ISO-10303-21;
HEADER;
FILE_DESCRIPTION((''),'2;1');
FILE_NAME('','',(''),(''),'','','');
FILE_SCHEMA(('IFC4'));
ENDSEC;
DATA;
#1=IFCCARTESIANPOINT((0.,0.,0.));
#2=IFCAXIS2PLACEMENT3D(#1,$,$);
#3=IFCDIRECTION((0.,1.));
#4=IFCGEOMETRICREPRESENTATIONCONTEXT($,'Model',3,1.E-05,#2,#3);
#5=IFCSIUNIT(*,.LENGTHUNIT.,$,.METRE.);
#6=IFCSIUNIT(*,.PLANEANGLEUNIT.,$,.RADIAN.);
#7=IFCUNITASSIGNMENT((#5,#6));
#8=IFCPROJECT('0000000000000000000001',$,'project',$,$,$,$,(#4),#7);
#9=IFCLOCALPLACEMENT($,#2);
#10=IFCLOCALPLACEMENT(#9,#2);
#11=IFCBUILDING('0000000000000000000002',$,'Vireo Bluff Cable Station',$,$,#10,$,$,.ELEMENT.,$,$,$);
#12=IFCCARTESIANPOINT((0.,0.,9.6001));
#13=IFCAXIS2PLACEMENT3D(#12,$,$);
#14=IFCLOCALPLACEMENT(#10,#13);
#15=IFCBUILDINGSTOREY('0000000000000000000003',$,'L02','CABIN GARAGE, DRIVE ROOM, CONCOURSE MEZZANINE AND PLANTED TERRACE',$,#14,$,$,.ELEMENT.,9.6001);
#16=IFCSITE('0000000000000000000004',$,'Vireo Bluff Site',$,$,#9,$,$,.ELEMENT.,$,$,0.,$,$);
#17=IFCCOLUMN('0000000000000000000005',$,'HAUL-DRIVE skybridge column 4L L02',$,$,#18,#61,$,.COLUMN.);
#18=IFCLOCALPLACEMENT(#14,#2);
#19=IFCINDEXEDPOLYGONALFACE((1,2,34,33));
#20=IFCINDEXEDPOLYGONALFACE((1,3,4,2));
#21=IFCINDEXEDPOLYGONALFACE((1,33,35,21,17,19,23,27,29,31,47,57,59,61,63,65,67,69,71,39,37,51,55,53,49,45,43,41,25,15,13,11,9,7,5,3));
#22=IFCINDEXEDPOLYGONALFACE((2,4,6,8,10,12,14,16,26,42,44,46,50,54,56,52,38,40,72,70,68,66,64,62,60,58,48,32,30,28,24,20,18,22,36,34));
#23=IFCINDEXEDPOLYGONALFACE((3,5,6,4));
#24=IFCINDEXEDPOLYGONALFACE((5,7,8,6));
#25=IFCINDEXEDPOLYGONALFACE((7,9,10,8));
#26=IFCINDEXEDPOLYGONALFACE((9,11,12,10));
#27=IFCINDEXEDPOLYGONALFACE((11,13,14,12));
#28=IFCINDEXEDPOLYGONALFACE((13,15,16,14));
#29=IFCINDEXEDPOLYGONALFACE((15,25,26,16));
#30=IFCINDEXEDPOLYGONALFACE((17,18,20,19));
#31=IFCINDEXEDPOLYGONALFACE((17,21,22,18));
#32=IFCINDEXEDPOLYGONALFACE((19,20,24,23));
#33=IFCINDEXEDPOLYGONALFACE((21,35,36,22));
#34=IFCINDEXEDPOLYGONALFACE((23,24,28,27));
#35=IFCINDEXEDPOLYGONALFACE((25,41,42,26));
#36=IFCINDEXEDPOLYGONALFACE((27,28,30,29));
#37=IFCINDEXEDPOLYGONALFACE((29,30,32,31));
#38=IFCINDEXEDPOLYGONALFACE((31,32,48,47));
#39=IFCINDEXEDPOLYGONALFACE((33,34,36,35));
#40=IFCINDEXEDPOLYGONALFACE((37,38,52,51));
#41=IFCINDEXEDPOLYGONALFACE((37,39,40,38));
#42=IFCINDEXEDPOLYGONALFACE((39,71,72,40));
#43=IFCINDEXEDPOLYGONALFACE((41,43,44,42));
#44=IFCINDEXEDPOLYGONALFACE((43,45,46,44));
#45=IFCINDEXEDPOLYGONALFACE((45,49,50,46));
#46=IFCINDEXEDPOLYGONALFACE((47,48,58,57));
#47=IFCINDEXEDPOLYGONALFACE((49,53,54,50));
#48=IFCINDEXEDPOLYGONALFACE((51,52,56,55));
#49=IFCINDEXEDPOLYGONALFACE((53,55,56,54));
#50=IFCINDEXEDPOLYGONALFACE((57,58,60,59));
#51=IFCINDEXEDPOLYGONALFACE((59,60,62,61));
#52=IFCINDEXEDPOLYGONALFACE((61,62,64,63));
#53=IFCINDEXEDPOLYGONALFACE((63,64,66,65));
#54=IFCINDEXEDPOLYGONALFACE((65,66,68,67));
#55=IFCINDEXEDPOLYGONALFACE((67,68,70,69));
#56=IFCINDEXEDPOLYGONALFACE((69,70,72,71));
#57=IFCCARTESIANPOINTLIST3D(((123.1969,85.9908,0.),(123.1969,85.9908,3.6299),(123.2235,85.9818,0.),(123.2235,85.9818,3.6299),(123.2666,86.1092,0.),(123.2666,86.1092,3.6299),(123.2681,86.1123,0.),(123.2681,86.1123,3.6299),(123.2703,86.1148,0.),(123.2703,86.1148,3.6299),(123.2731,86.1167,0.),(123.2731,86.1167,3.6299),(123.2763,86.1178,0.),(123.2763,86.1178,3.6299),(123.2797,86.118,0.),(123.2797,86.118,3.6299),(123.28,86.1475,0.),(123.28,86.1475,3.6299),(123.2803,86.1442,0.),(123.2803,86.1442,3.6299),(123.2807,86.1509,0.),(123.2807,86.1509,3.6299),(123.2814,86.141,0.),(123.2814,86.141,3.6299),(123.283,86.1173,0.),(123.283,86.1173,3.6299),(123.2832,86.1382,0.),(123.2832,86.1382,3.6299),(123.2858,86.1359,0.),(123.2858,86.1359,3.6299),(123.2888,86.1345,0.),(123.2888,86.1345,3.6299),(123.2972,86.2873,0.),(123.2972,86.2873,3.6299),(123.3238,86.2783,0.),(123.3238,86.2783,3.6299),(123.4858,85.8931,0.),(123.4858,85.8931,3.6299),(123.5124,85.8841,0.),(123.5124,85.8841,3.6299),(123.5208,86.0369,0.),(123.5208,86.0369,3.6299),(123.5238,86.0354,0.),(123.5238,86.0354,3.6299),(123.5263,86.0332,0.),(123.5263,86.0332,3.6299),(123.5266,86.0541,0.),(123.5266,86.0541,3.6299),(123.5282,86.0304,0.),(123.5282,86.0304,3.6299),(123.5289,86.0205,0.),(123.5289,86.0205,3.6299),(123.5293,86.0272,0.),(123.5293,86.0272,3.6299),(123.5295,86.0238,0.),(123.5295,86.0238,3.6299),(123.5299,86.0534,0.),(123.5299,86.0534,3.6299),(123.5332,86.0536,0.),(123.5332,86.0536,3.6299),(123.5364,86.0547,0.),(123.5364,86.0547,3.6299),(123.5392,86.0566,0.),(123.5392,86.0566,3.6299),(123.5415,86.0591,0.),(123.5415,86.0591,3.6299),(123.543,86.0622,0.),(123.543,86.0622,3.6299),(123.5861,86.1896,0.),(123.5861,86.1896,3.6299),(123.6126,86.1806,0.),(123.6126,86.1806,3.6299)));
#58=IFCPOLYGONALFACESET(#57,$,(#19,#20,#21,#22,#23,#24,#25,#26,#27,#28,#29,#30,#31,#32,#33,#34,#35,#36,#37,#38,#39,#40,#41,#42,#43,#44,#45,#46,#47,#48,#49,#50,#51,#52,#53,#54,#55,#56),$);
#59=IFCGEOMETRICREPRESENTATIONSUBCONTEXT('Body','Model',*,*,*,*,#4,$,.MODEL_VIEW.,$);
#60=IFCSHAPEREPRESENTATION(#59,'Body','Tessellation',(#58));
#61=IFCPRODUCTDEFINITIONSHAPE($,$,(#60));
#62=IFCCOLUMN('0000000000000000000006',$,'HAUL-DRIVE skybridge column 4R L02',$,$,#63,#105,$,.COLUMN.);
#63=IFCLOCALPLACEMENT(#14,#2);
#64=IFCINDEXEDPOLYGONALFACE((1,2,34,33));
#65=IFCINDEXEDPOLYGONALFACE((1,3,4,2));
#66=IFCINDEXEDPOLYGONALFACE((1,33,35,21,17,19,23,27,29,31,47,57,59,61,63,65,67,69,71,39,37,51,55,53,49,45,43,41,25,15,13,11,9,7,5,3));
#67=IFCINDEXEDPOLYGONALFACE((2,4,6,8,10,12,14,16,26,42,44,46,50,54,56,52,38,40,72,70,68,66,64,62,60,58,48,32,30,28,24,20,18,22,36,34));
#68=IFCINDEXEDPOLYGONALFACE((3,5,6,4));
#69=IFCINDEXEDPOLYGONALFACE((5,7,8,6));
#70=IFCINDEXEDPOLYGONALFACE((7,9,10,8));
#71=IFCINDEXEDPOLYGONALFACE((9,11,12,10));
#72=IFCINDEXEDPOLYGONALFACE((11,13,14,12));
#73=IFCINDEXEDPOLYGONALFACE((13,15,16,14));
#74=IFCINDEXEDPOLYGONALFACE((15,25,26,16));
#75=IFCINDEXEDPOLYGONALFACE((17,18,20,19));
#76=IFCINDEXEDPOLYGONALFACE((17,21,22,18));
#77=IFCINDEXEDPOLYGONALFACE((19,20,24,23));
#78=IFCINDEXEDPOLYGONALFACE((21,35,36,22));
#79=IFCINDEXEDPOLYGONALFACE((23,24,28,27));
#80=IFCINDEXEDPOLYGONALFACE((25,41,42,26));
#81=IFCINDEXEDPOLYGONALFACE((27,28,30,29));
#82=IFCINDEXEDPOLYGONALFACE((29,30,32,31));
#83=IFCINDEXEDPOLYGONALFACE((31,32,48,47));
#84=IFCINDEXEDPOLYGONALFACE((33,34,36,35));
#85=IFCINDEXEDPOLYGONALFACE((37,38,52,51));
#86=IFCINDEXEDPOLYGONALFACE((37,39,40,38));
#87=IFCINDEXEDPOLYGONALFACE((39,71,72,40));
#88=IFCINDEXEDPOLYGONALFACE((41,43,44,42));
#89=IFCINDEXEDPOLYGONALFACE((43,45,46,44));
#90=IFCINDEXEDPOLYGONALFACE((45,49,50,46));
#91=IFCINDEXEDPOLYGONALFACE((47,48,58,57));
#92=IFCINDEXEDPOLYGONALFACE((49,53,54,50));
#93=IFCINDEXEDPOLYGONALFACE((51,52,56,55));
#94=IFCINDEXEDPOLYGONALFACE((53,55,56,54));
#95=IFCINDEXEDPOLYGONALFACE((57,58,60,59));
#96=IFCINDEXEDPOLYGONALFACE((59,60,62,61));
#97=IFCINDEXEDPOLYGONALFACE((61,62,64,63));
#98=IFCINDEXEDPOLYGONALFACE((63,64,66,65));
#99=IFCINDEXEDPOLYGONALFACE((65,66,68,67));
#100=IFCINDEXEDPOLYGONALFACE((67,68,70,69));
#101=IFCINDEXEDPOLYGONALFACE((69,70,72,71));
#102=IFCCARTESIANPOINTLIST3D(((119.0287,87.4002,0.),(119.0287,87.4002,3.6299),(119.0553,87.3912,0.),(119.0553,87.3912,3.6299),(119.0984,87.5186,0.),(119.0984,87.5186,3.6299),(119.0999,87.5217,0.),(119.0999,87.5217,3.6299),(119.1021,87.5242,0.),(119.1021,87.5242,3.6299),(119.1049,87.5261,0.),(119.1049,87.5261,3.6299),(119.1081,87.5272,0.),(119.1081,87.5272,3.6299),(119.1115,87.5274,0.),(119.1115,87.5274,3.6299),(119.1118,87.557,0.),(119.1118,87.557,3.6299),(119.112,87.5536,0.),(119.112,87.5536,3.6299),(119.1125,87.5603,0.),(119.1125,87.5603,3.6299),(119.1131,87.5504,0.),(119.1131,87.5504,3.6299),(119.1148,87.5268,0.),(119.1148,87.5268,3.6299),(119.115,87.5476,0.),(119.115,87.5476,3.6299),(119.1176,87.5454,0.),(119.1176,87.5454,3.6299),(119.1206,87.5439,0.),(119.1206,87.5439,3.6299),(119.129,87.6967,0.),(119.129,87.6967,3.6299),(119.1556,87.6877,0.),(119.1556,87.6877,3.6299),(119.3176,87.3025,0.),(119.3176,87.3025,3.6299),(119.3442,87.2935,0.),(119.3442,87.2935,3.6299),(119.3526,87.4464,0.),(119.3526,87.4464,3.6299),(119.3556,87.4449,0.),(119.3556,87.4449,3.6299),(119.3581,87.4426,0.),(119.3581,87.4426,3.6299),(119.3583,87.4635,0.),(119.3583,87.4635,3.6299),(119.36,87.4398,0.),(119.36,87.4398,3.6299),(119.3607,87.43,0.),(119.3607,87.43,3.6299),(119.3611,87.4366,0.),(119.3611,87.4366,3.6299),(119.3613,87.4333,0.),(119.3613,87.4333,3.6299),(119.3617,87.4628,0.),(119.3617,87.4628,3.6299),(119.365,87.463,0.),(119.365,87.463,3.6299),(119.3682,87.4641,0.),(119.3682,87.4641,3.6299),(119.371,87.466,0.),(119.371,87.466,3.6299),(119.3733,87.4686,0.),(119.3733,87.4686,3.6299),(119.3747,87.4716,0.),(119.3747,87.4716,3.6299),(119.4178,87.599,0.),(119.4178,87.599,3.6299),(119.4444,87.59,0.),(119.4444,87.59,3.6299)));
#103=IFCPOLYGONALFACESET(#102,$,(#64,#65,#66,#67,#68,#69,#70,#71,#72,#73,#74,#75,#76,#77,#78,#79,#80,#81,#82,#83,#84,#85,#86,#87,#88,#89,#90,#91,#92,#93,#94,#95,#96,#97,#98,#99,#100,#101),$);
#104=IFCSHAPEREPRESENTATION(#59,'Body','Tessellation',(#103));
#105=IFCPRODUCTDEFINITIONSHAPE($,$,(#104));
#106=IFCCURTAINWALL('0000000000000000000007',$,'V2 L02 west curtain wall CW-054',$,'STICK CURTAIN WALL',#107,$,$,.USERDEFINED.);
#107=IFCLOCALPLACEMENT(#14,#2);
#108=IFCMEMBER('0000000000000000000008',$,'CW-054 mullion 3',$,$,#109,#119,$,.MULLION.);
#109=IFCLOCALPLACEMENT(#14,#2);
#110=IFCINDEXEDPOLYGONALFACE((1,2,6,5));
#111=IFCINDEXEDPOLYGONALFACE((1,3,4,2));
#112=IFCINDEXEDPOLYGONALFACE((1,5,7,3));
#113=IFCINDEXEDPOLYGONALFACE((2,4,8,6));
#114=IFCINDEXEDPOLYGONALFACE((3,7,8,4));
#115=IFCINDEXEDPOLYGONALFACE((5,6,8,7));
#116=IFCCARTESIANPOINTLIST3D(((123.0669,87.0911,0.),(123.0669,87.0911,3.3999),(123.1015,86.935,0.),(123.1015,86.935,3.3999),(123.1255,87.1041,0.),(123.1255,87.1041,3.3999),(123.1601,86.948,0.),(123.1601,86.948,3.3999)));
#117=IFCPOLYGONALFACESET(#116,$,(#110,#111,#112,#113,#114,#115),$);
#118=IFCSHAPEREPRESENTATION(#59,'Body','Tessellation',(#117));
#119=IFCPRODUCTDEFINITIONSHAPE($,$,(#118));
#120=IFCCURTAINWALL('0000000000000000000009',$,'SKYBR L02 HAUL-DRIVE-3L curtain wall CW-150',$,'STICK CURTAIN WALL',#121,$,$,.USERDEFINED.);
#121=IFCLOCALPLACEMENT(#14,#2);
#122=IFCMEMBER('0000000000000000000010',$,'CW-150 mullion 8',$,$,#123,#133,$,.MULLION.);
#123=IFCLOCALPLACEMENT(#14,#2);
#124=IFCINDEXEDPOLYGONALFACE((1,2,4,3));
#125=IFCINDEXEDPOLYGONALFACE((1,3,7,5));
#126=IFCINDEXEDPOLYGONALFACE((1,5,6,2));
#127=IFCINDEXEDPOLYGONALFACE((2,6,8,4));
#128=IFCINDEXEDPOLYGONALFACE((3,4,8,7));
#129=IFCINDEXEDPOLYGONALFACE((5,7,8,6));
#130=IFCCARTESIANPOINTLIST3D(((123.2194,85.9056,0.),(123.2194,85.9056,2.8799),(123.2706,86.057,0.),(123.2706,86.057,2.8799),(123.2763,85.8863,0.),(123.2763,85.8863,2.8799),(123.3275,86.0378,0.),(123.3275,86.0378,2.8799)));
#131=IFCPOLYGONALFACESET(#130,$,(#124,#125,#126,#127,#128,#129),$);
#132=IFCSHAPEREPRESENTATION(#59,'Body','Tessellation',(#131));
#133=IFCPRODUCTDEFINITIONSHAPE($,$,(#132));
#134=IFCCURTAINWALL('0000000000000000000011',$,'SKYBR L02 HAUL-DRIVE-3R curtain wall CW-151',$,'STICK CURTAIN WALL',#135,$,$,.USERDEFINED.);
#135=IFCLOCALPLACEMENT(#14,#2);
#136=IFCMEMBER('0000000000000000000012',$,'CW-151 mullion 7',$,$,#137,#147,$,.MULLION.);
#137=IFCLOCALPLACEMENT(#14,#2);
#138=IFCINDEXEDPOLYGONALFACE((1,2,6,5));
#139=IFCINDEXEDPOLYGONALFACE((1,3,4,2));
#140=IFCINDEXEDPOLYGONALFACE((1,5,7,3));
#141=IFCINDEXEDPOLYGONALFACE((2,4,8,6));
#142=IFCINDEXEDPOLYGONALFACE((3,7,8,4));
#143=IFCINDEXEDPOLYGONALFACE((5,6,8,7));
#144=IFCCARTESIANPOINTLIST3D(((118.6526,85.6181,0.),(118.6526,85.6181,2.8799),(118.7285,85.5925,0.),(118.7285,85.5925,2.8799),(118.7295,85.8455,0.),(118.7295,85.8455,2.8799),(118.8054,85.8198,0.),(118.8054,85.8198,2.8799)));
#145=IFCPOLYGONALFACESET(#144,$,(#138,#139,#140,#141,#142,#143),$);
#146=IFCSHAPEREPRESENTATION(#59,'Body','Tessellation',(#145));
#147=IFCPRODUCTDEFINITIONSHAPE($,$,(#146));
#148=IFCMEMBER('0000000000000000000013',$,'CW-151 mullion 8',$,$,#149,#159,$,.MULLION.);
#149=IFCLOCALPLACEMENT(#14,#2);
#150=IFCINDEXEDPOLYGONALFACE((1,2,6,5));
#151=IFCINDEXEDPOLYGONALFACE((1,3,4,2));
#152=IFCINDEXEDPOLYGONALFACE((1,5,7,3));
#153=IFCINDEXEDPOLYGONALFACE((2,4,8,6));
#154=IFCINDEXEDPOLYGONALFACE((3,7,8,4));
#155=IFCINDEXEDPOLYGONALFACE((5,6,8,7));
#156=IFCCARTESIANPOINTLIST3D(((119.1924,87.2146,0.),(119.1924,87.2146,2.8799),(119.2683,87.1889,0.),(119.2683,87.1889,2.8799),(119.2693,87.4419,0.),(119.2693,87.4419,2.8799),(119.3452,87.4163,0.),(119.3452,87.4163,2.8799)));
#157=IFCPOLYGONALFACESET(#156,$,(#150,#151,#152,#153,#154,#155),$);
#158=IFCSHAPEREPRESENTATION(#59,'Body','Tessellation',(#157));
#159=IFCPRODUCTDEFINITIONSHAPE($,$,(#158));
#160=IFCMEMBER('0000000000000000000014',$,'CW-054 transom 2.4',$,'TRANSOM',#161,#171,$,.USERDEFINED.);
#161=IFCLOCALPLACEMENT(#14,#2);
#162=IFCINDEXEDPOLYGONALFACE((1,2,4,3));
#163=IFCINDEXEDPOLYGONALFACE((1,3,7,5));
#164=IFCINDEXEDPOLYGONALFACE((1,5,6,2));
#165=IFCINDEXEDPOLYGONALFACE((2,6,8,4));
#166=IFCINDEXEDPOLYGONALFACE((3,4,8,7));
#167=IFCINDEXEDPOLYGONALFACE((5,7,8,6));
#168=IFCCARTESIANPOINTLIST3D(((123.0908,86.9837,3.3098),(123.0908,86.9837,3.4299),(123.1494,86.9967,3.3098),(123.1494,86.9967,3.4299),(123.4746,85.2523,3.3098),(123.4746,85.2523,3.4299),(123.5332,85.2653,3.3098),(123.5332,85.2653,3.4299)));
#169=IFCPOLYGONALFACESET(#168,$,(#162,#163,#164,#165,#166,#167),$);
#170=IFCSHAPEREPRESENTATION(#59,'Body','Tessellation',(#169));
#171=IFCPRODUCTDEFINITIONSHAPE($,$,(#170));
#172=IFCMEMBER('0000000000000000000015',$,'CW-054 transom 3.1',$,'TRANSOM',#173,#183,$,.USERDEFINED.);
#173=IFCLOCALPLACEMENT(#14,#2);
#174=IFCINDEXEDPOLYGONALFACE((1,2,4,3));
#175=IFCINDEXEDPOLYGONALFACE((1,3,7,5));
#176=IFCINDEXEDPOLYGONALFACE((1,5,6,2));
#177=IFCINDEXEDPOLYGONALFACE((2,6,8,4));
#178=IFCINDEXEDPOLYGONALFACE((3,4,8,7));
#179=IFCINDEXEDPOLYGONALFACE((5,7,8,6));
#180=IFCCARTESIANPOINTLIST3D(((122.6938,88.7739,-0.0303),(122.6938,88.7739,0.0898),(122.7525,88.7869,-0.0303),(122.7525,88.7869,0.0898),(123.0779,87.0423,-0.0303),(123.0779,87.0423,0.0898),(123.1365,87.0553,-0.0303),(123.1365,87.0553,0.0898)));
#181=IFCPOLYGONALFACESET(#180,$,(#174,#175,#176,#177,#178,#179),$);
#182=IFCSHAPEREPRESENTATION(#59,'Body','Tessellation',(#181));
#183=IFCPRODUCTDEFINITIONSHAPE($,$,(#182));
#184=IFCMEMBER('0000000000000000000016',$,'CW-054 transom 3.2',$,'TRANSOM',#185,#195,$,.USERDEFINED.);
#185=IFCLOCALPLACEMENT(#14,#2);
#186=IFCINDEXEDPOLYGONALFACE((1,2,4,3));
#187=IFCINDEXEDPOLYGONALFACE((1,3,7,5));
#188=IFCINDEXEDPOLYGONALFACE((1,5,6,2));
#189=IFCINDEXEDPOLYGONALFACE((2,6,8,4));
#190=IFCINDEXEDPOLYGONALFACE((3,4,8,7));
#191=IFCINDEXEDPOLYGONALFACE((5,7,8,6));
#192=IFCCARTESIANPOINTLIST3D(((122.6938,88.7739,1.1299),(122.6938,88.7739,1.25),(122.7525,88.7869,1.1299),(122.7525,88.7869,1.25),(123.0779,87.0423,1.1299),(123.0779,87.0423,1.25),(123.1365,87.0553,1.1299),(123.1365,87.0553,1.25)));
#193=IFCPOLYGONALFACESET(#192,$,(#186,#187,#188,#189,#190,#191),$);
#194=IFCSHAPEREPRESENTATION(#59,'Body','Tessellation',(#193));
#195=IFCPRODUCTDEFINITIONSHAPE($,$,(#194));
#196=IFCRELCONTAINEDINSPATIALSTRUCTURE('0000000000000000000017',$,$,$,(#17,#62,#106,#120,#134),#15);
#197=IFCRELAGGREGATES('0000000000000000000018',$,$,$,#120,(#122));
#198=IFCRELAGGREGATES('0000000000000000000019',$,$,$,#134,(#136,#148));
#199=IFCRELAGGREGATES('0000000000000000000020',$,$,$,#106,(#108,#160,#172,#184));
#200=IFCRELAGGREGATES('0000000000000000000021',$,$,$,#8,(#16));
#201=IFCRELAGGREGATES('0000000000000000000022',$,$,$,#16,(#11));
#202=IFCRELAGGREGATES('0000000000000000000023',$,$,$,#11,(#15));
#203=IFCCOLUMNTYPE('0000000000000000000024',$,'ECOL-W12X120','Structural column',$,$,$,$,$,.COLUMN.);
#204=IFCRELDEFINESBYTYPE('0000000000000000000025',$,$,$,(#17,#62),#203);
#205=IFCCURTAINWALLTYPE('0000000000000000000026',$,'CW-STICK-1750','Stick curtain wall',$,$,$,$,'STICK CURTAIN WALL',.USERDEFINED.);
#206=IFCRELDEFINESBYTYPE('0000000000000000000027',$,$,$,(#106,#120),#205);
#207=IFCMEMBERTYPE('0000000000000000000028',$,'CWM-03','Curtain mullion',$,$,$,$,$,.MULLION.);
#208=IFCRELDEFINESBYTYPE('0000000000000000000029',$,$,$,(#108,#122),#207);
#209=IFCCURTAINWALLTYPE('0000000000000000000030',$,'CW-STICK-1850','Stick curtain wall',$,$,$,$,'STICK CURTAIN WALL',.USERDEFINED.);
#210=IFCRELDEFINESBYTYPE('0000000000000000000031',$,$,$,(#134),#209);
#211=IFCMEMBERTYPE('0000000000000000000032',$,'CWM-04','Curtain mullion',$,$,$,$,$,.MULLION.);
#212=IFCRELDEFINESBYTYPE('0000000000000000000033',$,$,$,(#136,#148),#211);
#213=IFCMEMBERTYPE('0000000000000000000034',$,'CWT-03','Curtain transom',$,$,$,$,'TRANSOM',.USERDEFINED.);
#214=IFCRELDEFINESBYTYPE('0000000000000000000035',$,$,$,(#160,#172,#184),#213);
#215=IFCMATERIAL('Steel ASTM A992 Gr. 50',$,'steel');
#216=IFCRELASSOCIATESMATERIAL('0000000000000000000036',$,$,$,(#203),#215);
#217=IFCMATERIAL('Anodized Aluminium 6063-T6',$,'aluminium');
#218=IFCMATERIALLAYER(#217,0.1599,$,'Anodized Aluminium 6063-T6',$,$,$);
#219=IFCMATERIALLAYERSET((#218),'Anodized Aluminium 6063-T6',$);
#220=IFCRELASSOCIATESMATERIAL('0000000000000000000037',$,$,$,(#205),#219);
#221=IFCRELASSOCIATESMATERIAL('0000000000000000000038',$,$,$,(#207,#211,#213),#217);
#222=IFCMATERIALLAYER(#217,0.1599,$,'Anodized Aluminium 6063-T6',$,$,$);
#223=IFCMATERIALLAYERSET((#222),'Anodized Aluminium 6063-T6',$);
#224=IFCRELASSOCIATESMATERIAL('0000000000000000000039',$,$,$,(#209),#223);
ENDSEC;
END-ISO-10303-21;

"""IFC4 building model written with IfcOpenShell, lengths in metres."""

from ifc_helpers import new_model, si_unit, direction, frame, origin, origin_2d, place, context, subcontext, project, spatial, rectangle, i_section, extrude, material, layer, layer_set, material_profile, profile_set, type_object, element, aggregate, save


model = new_model("IFC4")

# Units and contexts
model_context = context("Model", 3, precision=1e-05, world=origin(), true_north=direction((0.0, 1.0)))
body_context = subcontext(model_context, "Body", "Model", "MODEL_VIEW")
ifc_project = project(units=[si_unit("LENGTHUNIT", "METRE"), si_unit("PLANEANGLEUNIT", "RADIAN")], contexts=[model_context])

# Site, building, storey
site_placement = place(None, origin())
site = spatial("IfcSite", under=ifc_project, at=site_placement, Name="Vireo Bluff Site", CompositionType="ELEMENT", RefElevation=0.0)
building_placement = place(site_placement, origin())
building = spatial("IfcBuilding", under=site, at=building_placement, Name="Vireo Bluff Cable Station", CompositionType="ELEMENT")
storey_placement = place(building_placement, frame((0.0, 0.0, 9.6001)))
storey = spatial("IfcBuildingStorey", under=building, at=storey_placement, Name="L02", Description="CABIN GARAGE, DRIVE ROOM, CONCOURSE MEZZANINE AND PLANTED TERRACE", CompositionType="ELEMENT", Elevation=9.6001)

# Columns
ifc_material_1 = material(Name="Steel ASTM A992 Gr. 50", Category="steel")
ifc_material_profile_1 = material_profile(ifc_material_1, i_section(OverallWidth=0.313, OverallDepth=0.333, WebThickness=0.0181, FlangeThickness=0.0281, FilletRadius=0.0129, at=origin_2d()), Name="W12X120")
ifc_profile_set_1 = profile_set([ifc_material_profile_1], Name="Steel ASTM A992 Gr. 50")
column_type = type_object("IfcColumnType", Name="ECOL-W12X120", Description="Structural column", PredefinedType="COLUMN", material=ifc_profile_set_1)
for number, where, z_axis, x_axis, name in (
    (1, (123.4048, 86.0857, 0.0), (0.0, 0.0, 1.0), (0.320352, 0.947299, 0.0), "HAUL-DRIVE skybridge column 4L L02"),
    (2, (119.2366, 87.4951, 0.0), (0.0, 0.0, 1.0), (0.320352, 0.947299, 0.0), "HAUL-DRIVE skybridge column 4R L02"),
):
    element("IfcColumn", number, at=place(storey_placement, frame(where, z_axis=z_axis, x_axis=x_axis)), inside=storey, type_object=column_type, Name=name, PredefinedType="COLUMN", context=body_context, shape_type="SweptSolid", body=[
        extrude(i_section(OverallWidth=0.313, OverallDepth=0.333, WebThickness=0.0181, FlangeThickness=0.0281, FilletRadius=0.0129, at=origin_2d()), origin(), (0.0, 0.0, 1.0), 3.6299),
    ])

# Curtain walls, members
ifc_material_2 = material(Name="Anodized Aluminium 6063-T6", Category="aluminium")
ifc_layer_1 = layer(ifc_material_2, 0.1599, Name="Anodized Aluminium 6063-T6")
ifc_layer_set_1 = layer_set([ifc_layer_1], Name="Anodized Aluminium 6063-T6")
curtain_wall_type_1 = type_object("IfcCurtainWallType", Name="CW-STICK-1750", Description="Stick curtain wall", ElementType="STICK CURTAIN WALL", PredefinedType="USERDEFINED", material=ifc_layer_set_1)
curtain_wall_1_placement = place(storey_placement, origin())
curtain_wall_1 = element("IfcCurtainWall", 3, at=curtain_wall_1_placement, inside=storey, type_object=curtain_wall_type_1, Name="V2 L02 west curtain wall CW-054", ObjectType="STICK CURTAIN WALL", PredefinedType="USERDEFINED")
ifc_material_profile_2 = material_profile(ifc_material_2, rectangle(XDim=0.0601, YDim=0.1599, at=origin_2d()), Name="ALU-M-60X160")
ifc_profile_set_2 = profile_set([ifc_material_profile_2], Name="Anodized Aluminium 6063-T6")
member_type_1 = type_object("IfcMemberType", Name="CWM-03", Description="Curtain mullion", PredefinedType="MULLION", material=ifc_profile_set_2)
member_1_placement = place(storey_placement, frame((123.1135, 87.0195, 0.0), z_axis=(0.0, 0.0, 1.0), x_axis=(-0.976296, -0.21644, 0.0)))
member_1 = element("IfcMember", 4, at=member_1_placement, type_object=member_type_1, Name="CW-054 mullion 3", PredefinedType="MULLION", context=body_context, shape_type="SweptSolid", body=[
    extrude(rectangle(XDim=0.0601, YDim=0.1599, at=origin_2d()), origin(), (0.0, 0.0, 1.0), 3.3999),
])
curtain_wall_2_placement = place(storey_placement, origin())
curtain_wall_2 = element("IfcCurtainWall", 5, at=curtain_wall_2_placement, inside=storey, type_object=curtain_wall_type_1, Name="SKYBR L02 HAUL-DRIVE-3L curtain wall CW-150", ObjectType="STICK CURTAIN WALL", PredefinedType="USERDEFINED")
member_2_placement = place(storey_placement, frame((123.2734, 85.9717, 0.0), z_axis=(0.0, 0.0, 1.0), x_axis=(-0.947298, 0.320354, 0.0)))
member_2 = element("IfcMember", 6, at=member_2_placement, type_object=member_type_1, Name="CW-150 mullion 8", PredefinedType="MULLION", context=body_context, shape_type="SweptSolid", body=[
    extrude(rectangle(XDim=0.0601, YDim=0.1599, at=origin_2d()), origin(), (0.0, 0.0, 1.0), 2.8799),
])
aggregate(curtain_wall_2, [member_2])

# Curtain wall, members
ifc_layer_2 = layer(ifc_material_2, 0.1599, Name="Anodized Aluminium 6063-T6")
ifc_layer_set_2 = layer_set([ifc_layer_2], Name="Anodized Aluminium 6063-T6")
curtain_wall_type_2 = type_object("IfcCurtainWallType", Name="CW-STICK-1850", Description="Stick curtain wall", ElementType="STICK CURTAIN WALL", PredefinedType="USERDEFINED", material=ifc_layer_set_2)
curtain_wall_3_placement = place(storey_placement, origin())
curtain_wall_3 = element("IfcCurtainWall", 7, at=curtain_wall_3_placement, inside=storey, type_object=curtain_wall_type_2, Name="SKYBR L02 HAUL-DRIVE-3R curtain wall CW-151", ObjectType="STICK CURTAIN WALL", PredefinedType="USERDEFINED")
ifc_material_profile_3 = material_profile(ifc_material_2, rectangle(XDim=0.0801, YDim=0.24, at=origin_2d()), Name="ALU-M-80X240")
ifc_profile_set_3 = profile_set([ifc_material_profile_3], Name="Anodized Aluminium 6063-T6")
member_type_2 = type_object("IfcMemberType", Name="CWM-04", Description="Curtain mullion", PredefinedType="MULLION", material=ifc_profile_set_3)
member_3_placement = place(storey_placement, frame((118.729, 85.719, 0.0), z_axis=(0.0, 0.0, 1.0), x_axis=(-0.947298, 0.320354, 0.0)))
member_3 = element("IfcMember", 8, at=member_3_placement, type_object=member_type_2, Name="CW-151 mullion 7", PredefinedType="MULLION", context=body_context, shape_type="SweptSolid", body=[
    extrude(rectangle(XDim=0.0801, YDim=0.24, at=origin_2d()), origin(), (0.0, 0.0, 1.0), 2.8799),
])
member_4_placement = place(storey_placement, frame((119.2688, 87.3154, 0.0), z_axis=(0.0, 0.0, 1.0), x_axis=(-0.947298, 0.320354, 0.0)))
member_4 = element("IfcMember", 9, at=member_4_placement, type_object=member_type_2, Name="CW-151 mullion 8", PredefinedType="MULLION", context=body_context, shape_type="SweptSolid", body=[
    extrude(rectangle(XDim=0.0801, YDim=0.24, at=origin_2d()), origin(), (0.0, 0.0, 1.0), 2.8799),
])

# Members
ifc_material_profile_4 = material_profile(ifc_material_2, rectangle(XDim=0.0601, YDim=0.1201, at=origin_2d()), Name="ALU-T-60X120")
ifc_profile_set_4 = profile_set([ifc_material_profile_4], Name="Anodized Aluminium 6063-T6")
member_type_3 = type_object("IfcMemberType", Name="CWT-03", Description="Curtain transom", ElementType="TRANSOM", PredefinedType="USERDEFINED", material=ifc_profile_set_4)
member_5_placement = place(storey_placement, frame((123.5039, 85.2588, 3.3699), z_axis=(-0.216406, 0.976304, 0.0), x_axis=(-0.976304, -0.216406, 0.0)))
member_5 = element("IfcMember", 10, at=member_5_placement, type_object=member_type_3, Name="CW-054 transom 2.4", ObjectType="TRANSOM", PredefinedType="USERDEFINED", context=body_context, shape_type="SweptSolid", body=[
    extrude(rectangle(XDim=0.0601, YDim=0.1201, at=origin_2d()), origin(), (0.0, 0.0, 1.0), 1.7734),
])
member_6_placement = place(storey_placement, frame((123.1072, 87.0488, 0.0298), z_axis=(-0.216508, 0.976281, 0.0), x_axis=(-0.976281, -0.216508, 0.0)))
member_6 = element("IfcMember", 11, at=member_6_placement, type_object=member_type_3, Name="CW-054 transom 3.1", ObjectType="TRANSOM", PredefinedType="USERDEFINED", context=body_context, shape_type="SweptSolid", body=[
    extrude(rectangle(XDim=0.0601, YDim=0.1201, at=origin_2d()), origin(), (0.0, 0.0, 1.0), 1.7737),
])
member_7_placement = place(storey_placement, frame((123.1072, 87.0488, 1.1899), z_axis=(-0.216508, 0.976281, 0.0), x_axis=(-0.976281, -0.216508, 0.0)))
member_7 = element("IfcMember", 12, at=member_7_placement, type_object=member_type_3, Name="CW-054 transom 3.2", ObjectType="TRANSOM", PredefinedType="USERDEFINED", context=body_context, shape_type="SweptSolid", body=[
    extrude(rectangle(XDim=0.0601, YDim=0.1201, at=origin_2d()), origin(), (0.0, 0.0, 1.0), 1.7737),
])

aggregate(curtain_wall_3, [member_3, member_4])
aggregate(curtain_wall_1, [member_1, member_5, member_6, member_7])

save(model, "model.ifc")
